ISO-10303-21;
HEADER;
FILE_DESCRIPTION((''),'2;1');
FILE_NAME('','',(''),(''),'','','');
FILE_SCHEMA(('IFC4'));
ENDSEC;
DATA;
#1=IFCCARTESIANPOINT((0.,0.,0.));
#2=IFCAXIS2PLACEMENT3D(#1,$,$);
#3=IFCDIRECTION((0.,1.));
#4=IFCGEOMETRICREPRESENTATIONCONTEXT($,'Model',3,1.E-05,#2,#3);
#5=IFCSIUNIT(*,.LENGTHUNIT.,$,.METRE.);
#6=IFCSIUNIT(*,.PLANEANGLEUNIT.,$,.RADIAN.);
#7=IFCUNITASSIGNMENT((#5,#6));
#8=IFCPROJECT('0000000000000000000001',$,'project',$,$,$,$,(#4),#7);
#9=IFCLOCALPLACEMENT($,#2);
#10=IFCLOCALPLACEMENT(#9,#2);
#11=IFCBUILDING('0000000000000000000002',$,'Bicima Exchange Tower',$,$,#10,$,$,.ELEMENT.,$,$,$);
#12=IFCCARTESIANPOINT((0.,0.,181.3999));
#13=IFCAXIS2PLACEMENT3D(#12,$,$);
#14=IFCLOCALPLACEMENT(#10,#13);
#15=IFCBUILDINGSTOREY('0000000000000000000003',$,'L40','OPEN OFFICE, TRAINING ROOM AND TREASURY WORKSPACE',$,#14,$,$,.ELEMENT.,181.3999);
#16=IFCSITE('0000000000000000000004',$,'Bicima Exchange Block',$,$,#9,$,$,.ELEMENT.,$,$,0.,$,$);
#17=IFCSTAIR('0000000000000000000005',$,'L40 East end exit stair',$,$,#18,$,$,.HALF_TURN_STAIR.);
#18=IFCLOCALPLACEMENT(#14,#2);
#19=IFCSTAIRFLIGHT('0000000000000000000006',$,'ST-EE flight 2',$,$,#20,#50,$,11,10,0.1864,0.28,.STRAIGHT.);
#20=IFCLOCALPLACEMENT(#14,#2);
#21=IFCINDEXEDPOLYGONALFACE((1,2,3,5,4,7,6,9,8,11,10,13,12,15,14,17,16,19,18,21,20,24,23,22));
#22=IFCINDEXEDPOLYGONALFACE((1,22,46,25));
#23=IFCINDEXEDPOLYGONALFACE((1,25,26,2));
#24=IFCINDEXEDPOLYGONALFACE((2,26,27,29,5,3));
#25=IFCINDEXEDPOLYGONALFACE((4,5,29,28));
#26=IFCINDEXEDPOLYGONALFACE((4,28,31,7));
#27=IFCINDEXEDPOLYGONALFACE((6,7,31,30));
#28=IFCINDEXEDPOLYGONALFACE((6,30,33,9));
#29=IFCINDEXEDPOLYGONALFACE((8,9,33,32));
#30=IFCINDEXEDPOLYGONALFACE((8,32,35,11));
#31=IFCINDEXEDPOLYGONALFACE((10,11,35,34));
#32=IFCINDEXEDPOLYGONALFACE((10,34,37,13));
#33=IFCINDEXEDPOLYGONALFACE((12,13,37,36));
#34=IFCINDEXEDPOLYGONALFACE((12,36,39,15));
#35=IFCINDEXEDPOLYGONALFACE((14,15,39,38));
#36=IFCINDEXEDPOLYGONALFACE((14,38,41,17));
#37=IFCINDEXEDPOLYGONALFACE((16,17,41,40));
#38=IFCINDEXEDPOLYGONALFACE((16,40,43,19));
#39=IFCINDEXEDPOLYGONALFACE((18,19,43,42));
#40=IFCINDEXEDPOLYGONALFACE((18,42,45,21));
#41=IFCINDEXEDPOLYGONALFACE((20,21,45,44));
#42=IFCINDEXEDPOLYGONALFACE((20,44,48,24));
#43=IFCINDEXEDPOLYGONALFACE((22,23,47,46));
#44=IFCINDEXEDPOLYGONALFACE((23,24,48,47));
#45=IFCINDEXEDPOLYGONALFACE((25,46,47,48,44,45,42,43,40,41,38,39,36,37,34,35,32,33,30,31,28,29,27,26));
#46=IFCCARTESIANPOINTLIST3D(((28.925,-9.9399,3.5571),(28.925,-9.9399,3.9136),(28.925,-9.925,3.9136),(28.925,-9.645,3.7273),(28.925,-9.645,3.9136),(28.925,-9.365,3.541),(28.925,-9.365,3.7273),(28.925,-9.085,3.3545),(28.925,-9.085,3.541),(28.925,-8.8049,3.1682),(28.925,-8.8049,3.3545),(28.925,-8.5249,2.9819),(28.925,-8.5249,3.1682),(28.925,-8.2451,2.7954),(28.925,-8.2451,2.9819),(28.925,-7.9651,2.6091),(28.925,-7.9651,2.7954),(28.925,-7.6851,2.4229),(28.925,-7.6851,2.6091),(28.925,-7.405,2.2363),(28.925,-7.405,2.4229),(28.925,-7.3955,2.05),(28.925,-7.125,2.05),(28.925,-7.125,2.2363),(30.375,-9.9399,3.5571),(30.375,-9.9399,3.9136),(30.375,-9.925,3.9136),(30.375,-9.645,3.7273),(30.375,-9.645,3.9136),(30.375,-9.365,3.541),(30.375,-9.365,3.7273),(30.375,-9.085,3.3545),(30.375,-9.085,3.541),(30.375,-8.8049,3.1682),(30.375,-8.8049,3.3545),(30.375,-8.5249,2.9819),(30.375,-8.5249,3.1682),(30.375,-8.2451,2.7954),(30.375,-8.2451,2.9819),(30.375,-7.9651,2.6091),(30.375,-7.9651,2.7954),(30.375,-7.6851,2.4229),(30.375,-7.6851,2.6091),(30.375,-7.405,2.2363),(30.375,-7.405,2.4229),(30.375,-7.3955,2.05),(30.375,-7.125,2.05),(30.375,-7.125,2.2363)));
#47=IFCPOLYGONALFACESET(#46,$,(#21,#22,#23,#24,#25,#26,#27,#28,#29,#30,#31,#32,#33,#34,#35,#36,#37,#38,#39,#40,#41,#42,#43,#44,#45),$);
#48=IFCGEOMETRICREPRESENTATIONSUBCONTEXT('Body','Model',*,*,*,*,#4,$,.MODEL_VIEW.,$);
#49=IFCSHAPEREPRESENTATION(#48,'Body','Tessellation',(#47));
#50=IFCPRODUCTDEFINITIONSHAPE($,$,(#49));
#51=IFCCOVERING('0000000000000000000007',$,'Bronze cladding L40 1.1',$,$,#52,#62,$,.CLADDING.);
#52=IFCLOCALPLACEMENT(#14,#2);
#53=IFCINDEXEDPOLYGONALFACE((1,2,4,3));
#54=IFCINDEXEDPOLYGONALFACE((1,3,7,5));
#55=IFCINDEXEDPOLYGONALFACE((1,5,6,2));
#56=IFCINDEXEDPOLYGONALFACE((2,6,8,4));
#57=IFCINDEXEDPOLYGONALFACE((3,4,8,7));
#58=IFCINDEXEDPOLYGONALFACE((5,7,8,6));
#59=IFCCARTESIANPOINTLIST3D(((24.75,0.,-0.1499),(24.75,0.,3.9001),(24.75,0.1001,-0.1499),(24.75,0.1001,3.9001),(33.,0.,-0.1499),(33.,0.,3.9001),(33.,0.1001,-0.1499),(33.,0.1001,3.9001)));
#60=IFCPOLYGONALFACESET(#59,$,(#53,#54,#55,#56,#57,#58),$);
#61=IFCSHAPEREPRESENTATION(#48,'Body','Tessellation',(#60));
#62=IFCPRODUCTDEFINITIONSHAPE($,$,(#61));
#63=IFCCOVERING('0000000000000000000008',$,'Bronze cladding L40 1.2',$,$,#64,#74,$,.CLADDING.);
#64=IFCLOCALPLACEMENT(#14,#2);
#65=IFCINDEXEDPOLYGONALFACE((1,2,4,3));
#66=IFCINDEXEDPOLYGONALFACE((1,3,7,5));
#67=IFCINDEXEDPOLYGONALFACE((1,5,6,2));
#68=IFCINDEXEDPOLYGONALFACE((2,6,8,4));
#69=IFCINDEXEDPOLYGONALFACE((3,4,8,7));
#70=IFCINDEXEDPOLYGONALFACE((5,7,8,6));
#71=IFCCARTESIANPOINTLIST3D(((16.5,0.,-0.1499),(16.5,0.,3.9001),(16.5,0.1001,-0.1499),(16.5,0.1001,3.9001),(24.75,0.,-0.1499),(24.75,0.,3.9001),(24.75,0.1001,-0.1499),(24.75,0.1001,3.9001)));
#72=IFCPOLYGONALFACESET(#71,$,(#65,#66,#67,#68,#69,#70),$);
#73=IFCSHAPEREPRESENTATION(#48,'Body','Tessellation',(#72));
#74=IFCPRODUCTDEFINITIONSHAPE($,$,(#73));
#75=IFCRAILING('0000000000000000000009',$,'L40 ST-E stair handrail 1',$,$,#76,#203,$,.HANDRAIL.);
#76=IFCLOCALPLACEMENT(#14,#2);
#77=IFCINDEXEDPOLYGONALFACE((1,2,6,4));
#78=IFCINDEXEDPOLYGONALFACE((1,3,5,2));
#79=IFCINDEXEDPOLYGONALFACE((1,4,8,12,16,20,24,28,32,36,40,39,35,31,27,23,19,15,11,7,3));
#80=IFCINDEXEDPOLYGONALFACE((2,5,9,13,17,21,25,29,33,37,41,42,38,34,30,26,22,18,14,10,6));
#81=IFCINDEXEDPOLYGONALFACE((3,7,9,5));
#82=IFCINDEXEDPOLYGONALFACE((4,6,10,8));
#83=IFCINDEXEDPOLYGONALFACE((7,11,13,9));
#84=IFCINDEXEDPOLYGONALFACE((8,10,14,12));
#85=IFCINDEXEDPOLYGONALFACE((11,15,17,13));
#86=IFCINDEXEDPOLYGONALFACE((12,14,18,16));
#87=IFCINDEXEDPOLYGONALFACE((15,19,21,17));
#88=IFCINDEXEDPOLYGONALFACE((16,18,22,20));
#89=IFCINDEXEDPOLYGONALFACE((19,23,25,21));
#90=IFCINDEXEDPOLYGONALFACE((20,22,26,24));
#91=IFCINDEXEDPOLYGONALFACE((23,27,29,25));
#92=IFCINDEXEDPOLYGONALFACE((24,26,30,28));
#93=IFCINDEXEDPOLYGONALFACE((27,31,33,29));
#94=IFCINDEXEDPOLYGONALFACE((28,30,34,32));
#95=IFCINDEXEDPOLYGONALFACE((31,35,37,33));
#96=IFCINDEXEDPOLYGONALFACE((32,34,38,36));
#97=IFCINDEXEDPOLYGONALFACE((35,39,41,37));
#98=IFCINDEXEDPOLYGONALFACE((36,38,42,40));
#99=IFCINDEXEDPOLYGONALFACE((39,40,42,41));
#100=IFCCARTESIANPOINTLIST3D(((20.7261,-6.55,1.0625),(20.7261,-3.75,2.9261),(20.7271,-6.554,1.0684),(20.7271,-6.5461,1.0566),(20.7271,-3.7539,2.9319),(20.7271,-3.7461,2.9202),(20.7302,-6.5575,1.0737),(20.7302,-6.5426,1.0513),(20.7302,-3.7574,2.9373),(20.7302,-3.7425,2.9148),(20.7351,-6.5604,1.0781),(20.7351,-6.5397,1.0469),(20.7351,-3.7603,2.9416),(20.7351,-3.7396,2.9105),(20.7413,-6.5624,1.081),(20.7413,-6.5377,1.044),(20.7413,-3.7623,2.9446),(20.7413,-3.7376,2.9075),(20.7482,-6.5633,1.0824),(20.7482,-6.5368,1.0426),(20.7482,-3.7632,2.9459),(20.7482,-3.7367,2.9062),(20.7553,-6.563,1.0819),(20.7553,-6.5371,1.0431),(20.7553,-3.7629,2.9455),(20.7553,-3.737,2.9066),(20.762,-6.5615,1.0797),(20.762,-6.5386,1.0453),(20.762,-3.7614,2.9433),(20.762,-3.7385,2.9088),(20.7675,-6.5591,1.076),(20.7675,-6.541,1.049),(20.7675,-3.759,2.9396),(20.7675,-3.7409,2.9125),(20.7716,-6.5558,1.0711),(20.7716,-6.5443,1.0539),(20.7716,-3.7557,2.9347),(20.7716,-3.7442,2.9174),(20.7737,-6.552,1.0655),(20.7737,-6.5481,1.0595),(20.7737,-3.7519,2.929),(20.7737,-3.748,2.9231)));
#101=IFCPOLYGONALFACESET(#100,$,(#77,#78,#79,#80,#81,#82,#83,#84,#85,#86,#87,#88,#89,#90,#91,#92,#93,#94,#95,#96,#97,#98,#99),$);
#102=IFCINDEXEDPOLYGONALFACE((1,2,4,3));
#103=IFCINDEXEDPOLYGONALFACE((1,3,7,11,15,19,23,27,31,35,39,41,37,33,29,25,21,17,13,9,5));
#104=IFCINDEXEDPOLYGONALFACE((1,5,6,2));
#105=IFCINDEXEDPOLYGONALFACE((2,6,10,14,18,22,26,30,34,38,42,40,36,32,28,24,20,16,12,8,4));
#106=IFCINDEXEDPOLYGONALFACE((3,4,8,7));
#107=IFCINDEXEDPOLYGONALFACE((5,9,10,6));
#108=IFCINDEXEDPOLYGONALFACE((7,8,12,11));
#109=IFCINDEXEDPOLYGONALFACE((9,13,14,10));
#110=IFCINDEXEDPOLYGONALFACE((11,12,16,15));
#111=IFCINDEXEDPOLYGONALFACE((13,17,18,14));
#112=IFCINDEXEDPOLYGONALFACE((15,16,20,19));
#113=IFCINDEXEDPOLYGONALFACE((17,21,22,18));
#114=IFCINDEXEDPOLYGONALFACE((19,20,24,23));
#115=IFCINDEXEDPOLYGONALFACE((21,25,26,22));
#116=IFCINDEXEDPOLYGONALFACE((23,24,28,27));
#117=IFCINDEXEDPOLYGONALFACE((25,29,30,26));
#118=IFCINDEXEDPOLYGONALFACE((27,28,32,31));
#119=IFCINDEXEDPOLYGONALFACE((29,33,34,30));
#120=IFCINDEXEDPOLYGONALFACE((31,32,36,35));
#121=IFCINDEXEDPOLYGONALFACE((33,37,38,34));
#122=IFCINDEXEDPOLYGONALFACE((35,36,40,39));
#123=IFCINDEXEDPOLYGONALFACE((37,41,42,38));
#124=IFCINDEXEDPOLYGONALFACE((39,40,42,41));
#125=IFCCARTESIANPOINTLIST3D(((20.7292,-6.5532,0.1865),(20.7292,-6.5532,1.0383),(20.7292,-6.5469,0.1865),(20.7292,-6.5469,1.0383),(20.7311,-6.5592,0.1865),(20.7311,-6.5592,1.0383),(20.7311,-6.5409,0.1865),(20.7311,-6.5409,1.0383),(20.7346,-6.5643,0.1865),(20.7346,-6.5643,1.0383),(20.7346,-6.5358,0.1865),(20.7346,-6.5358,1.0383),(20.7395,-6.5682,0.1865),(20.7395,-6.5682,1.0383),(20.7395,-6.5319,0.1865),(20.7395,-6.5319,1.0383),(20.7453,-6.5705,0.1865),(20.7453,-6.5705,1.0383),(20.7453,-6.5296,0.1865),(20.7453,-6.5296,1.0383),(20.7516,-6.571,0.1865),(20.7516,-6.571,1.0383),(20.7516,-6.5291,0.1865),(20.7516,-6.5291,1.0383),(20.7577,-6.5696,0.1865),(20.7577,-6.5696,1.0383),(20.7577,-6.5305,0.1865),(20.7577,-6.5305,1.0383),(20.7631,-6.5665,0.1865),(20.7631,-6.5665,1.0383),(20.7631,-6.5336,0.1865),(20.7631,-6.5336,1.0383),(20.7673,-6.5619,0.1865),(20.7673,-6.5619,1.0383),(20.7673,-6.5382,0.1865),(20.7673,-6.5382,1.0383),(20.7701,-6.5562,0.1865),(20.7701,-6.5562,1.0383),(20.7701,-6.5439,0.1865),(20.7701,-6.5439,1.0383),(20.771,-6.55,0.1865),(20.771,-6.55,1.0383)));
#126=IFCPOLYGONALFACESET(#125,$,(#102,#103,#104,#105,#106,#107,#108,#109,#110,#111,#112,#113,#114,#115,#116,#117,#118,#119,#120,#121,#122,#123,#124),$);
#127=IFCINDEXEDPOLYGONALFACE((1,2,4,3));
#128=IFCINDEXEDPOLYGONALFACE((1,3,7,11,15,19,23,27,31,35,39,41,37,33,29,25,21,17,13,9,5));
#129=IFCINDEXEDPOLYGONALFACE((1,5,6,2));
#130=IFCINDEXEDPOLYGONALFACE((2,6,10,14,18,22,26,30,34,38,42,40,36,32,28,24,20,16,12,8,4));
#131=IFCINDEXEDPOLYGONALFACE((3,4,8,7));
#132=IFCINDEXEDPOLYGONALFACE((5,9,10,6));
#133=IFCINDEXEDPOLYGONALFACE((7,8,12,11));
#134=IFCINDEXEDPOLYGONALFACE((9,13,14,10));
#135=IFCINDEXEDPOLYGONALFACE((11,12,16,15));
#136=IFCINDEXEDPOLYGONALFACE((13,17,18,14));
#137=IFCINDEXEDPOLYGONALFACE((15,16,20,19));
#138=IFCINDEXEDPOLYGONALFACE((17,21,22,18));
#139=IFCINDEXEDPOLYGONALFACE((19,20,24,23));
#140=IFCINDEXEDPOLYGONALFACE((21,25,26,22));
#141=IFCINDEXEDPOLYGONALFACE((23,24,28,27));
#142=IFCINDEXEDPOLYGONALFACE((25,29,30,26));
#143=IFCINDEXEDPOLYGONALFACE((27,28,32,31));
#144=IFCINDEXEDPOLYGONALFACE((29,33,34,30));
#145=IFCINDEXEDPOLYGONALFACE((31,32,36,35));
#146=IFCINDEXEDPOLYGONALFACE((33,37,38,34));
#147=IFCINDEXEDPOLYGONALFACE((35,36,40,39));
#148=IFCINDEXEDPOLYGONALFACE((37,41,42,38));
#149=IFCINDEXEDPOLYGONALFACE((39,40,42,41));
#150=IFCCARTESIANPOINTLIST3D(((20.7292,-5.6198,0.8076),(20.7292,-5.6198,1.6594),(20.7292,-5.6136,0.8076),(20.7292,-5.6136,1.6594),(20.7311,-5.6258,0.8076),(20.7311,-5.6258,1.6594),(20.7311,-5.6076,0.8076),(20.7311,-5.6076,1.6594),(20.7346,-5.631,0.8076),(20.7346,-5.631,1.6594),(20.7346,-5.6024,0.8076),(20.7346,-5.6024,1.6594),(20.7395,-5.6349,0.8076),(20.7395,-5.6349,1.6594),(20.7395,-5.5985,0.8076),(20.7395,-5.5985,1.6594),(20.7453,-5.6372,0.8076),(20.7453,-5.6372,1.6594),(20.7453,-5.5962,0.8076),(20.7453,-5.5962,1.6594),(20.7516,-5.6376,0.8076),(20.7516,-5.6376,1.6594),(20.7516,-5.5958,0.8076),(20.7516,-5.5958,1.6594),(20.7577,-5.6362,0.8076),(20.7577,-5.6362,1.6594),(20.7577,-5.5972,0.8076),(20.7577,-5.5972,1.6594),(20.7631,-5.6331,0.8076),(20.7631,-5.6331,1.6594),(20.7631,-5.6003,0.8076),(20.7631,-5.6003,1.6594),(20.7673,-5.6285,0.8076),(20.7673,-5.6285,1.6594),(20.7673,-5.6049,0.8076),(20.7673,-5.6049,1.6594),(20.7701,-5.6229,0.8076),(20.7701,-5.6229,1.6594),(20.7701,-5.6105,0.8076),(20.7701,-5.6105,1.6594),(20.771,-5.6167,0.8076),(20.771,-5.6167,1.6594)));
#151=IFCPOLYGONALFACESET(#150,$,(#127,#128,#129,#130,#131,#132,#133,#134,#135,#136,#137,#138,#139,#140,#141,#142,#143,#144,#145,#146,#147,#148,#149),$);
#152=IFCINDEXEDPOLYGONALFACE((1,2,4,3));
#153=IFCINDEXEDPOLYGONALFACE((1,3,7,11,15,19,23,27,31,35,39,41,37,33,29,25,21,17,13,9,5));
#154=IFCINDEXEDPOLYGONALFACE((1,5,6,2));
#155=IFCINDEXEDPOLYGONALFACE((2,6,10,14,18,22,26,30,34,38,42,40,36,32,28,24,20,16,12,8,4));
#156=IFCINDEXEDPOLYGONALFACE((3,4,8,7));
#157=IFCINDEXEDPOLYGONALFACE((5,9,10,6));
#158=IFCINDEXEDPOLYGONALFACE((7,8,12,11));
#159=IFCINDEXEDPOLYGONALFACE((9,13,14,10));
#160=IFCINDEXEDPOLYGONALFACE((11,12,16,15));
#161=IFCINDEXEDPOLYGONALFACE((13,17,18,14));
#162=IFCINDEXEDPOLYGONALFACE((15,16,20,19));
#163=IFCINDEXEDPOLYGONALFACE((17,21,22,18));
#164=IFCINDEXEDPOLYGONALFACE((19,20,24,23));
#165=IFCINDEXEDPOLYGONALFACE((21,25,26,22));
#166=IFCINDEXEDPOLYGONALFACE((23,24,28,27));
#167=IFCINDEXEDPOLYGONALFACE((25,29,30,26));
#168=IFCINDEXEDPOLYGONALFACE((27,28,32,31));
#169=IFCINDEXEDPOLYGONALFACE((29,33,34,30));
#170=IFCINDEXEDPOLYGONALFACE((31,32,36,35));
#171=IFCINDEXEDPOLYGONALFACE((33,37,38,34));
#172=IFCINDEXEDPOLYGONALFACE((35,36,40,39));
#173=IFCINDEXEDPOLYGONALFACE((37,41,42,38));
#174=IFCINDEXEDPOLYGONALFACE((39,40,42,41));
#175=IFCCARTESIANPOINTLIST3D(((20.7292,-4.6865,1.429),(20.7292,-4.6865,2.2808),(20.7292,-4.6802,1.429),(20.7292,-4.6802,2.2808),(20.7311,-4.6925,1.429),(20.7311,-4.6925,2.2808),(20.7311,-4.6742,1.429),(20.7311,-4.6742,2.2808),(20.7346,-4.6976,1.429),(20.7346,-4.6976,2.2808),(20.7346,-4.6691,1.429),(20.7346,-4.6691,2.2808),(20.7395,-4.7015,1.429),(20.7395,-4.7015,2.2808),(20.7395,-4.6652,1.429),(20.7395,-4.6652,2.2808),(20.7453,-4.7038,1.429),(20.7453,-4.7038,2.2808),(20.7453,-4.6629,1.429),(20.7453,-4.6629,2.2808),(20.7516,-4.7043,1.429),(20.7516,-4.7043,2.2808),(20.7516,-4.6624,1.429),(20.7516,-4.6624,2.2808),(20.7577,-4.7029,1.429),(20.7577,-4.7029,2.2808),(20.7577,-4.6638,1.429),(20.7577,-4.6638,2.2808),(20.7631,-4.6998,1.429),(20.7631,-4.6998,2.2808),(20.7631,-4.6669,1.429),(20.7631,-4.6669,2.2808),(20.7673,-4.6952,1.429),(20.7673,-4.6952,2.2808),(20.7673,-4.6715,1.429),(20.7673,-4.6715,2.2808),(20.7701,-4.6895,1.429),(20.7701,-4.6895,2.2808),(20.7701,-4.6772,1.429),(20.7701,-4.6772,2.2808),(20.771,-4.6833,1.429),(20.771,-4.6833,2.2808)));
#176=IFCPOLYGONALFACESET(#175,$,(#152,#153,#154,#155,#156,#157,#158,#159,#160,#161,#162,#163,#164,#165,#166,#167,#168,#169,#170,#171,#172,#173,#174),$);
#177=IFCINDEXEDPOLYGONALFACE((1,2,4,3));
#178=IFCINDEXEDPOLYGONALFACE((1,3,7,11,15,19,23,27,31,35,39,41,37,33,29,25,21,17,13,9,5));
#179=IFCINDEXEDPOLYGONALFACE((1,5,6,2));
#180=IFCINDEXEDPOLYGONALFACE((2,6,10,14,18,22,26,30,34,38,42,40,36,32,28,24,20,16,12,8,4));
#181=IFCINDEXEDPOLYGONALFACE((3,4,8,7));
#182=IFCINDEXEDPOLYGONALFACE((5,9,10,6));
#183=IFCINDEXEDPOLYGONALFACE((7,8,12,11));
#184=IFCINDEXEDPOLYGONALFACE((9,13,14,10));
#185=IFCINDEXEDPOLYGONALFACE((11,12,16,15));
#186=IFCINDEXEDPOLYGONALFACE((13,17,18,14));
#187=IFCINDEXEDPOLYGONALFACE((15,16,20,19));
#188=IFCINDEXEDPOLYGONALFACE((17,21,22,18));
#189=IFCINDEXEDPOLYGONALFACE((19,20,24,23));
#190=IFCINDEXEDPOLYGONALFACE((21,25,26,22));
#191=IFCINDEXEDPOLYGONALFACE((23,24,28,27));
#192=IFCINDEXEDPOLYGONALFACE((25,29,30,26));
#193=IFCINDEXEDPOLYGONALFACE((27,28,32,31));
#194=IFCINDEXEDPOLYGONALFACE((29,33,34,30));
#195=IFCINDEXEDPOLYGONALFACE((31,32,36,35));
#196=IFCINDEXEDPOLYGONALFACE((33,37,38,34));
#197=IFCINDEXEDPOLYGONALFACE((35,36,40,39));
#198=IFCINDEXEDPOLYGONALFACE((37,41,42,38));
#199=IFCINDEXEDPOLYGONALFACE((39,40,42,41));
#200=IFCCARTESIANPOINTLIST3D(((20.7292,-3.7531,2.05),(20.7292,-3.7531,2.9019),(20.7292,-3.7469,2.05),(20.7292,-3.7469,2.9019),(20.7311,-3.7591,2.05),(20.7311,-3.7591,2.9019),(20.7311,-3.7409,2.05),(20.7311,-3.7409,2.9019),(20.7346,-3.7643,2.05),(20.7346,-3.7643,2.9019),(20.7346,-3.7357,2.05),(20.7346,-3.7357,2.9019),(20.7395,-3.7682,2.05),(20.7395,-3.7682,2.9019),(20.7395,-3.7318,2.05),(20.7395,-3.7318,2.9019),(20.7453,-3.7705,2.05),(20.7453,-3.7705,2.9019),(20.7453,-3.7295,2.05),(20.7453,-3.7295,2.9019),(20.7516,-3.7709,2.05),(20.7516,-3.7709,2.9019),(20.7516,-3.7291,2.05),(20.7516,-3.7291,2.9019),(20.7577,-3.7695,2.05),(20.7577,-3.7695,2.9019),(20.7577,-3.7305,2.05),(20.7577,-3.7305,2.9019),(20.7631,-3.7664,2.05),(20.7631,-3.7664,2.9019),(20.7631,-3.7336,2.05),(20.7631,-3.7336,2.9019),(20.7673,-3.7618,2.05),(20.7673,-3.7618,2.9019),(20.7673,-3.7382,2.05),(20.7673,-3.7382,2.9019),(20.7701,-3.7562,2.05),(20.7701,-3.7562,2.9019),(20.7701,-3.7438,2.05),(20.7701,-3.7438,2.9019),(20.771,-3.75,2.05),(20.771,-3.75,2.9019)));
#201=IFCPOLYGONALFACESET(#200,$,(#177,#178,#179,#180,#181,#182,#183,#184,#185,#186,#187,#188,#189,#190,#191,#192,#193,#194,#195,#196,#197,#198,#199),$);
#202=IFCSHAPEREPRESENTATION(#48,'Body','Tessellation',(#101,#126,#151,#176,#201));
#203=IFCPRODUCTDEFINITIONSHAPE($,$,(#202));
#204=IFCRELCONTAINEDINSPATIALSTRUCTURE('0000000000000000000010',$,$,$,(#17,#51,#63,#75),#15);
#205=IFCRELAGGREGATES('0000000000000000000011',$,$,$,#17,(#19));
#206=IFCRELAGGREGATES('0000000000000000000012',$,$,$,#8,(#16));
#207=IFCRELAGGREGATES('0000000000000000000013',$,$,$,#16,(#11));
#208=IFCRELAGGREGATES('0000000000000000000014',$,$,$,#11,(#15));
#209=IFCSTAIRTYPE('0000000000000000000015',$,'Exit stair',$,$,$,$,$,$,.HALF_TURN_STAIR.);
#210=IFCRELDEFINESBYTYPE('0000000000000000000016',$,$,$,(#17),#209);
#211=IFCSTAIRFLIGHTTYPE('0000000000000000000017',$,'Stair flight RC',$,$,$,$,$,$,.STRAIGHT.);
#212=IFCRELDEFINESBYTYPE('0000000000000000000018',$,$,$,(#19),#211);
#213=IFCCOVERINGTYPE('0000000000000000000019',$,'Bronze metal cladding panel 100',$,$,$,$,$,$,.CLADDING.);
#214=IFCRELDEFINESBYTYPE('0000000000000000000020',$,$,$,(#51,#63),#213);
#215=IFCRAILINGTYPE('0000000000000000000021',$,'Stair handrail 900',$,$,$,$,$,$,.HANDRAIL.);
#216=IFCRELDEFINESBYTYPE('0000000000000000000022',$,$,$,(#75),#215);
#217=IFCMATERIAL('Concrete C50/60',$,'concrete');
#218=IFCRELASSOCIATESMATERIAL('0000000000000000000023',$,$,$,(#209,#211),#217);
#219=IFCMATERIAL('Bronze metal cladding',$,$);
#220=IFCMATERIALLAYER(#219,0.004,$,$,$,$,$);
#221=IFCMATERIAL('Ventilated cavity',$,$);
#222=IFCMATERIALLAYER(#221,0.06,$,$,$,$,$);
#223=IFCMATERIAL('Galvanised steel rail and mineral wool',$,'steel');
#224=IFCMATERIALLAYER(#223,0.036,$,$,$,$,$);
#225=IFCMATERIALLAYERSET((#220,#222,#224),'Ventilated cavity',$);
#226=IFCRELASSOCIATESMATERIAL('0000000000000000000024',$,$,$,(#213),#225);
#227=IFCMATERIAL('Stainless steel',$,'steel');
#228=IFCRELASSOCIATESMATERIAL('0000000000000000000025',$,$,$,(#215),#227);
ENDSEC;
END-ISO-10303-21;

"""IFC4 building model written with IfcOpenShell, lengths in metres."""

from ifc_helpers import new_model, si_unit, direction, frame, origin, origin_2d, place, context, subcontext, project, spatial, polyline, rectangle, circle, outline, extrude, material, layer, layer_set, type_object, element, aggregate, save


model = new_model("IFC4")

# Units and contexts
model_context = context("Model", 3, precision=1e-05, world=origin(), true_north=direction((0.0, 1.0)))
body_context = subcontext(model_context, "Body", "Model", "MODEL_VIEW")
ifc_project = project(units=[si_unit("LENGTHUNIT", "METRE"), si_unit("PLANEANGLEUNIT", "RADIAN")], contexts=[model_context])

# Site, building, storey
site_placement = place(None, origin())
site = spatial("IfcSite", under=ifc_project, at=site_placement, Name="Bicima Exchange Block", CompositionType="ELEMENT", RefElevation=0.0)
building_placement = place(site_placement, origin())
building = spatial("IfcBuilding", under=site, at=building_placement, Name="Bicima Exchange Tower", CompositionType="ELEMENT")
storey_placement = place(building_placement, frame((0.0, 0.0, 181.3999)))
storey = spatial("IfcBuildingStorey", under=building, at=storey_placement, Name="L40", Description="OPEN OFFICE, TRAINING ROOM AND TREASURY WORKSPACE", CompositionType="ELEMENT", Elevation=181.3999)

# Shared definitions
ifc_material_1 = material(Name="Concrete C50/60", Category="concrete")

# Stair, stair flight
stair_type = type_object("IfcStairType", Name="Exit stair", PredefinedType="HALF_TURN_STAIR", material=ifc_material_1)
stair_flight_type = type_object("IfcStairFlightType", Name="Stair flight RC", PredefinedType="STRAIGHT", material=ifc_material_1)
stair_1_placement = place(storey_placement, origin())
stair_1 = element("IfcStair", 1, at=stair_1_placement, inside=storey, type_object=stair_type, Name="L40 East end exit stair", PredefinedType="HALF_TURN_STAIR")
stair_flight_1_placement = place(storey_placement, frame((29.6499, -7.125, 2.05), z_axis=(0.0, 0.0, 1.0), x_axis=(0.0, -1.0, 0.0)))
stair_flight_1 = element("IfcStairFlight", 2, at=stair_flight_1_placement, type_object=stair_flight_type, Name="ST-EE flight 2", NumberOfRisers=11, NumberOfTreads=10, PredefinedType="STRAIGHT", RiserHeight=0.1864, TreadLength=0.28, context=body_context, shape_type="SweptSolid", body=[
    extrude(outline(polyline([(0.0, 0.0), (0.0, 0.1863), (0.28, 0.1863), (0.28, 0.3728), (0.5601, 0.3728), (0.5601, 0.5591), (0.8401, 0.5591), (0.8401, 0.7454), (1.1201, 0.7454), (1.1201, 0.9319), (1.3999, 0.9319), (1.3999, 1.1182), (1.6799, 1.1182), (1.6799, 1.3044), (1.96, 1.3044), (1.96, 1.491), (2.24, 1.491), (2.24, 1.6772), (2.52, 1.6772), (2.52, 1.8635), (2.8, 1.8635), (2.8149, 1.8635), (2.8149, 1.5071), (0.2705, 0.0), (0.0, 0.0)])), frame((0.0, 0.7251, 0.0), z_axis=(0.0, -1.0, 0.0), x_axis=(1.0, 0.0, 0.0)), (0.0, 0.0, 1.0), 1.45),
])
aggregate(stair_1, [stair_flight_1])

# Coverings
ifc_material_2 = material(Name="Bronze metal cladding")
ifc_layer_1 = layer(ifc_material_2, 0.004)
ifc_material_3 = material(Name="Ventilated cavity")
ifc_layer_2 = layer(ifc_material_3, 0.06)
ifc_material_4 = material(Name="Galvanised steel rail and mineral wool", Category="steel")
ifc_layer_3 = layer(ifc_material_4, 0.036)
ifc_layer_set_1 = layer_set([ifc_layer_1, ifc_layer_2, ifc_layer_3], Name="Ventilated cavity")
covering_type = type_object("IfcCoveringType", Name="Bronze metal cladding panel 100", PredefinedType="CLADDING", material=ifc_layer_set_1)
for number, where, z_axis, x_axis, name in (
    (3, (28.875, 0.05, -0.1499), (0.0, 0.0, 1.0), (-1.0, 0.0, 0.0), "Bronze cladding L40 1.1"),
    (4, (20.625, 0.05, -0.1499), (0.0, 0.0, 1.0), (-1.0, 0.0, 0.0), "Bronze cladding L40 1.2"),
):
    element("IfcCovering", number, at=place(storey_placement, frame(where, z_axis=z_axis, x_axis=x_axis)), inside=storey, type_object=covering_type, Name=name, PredefinedType="CLADDING", context=body_context, shape_type="SweptSolid", body=[
        extrude(rectangle(XDim=8.25, YDim=0.1001, at=origin_2d()), origin(), (0.0, 0.0, 1.0), 4.05),
    ])

# Railing
ifc_material_5 = material(Name="Stainless steel", Category="steel")
railing_type_1 = type_object("IfcRailingType", Name="Stair handrail 900", PredefinedType="HANDRAIL", material=ifc_material_5)
railing_1_placement = place(storey_placement, frame((20.75, -6.55, 0.1865)))
element("IfcRailing", 5, at=railing_1_placement, inside=storey, type_object=railing_type_1, Name="L40 ST-E stair handrail 1", PredefinedType="HANDRAIL", context=body_context, shape_type="SweptSolid", body=[
    extrude(circle(Radius=0.0239, at=origin_2d()), frame((0.0, 0.0, 0.876), z_axis=(0.0, 0.832486, 0.554047), x_axis=(-1.0, 0.0, 0.0)), (0.0, 0.0, 1.0), 3.3635),
    extrude(circle(Radius=0.021, at=origin_2d()), origin(), (0.0, 0.0, 1.0), 0.8518),
    extrude(circle(Radius=0.021, at=origin_2d()), frame((0.0, 0.9333, 0.6211)), (0.0, 0.0, 1.0), 0.8518),
    extrude(circle(Radius=0.021, at=origin_2d()), frame((0.0, 1.8667, 1.2424)), (0.0, 0.0, 1.0), 0.8518),
    extrude(circle(Radius=0.021, at=origin_2d()), frame((0.0, 2.8, 1.8635)), (0.0, 0.0, 1.0), 0.8518),
])

save(model, "model.ifc")
